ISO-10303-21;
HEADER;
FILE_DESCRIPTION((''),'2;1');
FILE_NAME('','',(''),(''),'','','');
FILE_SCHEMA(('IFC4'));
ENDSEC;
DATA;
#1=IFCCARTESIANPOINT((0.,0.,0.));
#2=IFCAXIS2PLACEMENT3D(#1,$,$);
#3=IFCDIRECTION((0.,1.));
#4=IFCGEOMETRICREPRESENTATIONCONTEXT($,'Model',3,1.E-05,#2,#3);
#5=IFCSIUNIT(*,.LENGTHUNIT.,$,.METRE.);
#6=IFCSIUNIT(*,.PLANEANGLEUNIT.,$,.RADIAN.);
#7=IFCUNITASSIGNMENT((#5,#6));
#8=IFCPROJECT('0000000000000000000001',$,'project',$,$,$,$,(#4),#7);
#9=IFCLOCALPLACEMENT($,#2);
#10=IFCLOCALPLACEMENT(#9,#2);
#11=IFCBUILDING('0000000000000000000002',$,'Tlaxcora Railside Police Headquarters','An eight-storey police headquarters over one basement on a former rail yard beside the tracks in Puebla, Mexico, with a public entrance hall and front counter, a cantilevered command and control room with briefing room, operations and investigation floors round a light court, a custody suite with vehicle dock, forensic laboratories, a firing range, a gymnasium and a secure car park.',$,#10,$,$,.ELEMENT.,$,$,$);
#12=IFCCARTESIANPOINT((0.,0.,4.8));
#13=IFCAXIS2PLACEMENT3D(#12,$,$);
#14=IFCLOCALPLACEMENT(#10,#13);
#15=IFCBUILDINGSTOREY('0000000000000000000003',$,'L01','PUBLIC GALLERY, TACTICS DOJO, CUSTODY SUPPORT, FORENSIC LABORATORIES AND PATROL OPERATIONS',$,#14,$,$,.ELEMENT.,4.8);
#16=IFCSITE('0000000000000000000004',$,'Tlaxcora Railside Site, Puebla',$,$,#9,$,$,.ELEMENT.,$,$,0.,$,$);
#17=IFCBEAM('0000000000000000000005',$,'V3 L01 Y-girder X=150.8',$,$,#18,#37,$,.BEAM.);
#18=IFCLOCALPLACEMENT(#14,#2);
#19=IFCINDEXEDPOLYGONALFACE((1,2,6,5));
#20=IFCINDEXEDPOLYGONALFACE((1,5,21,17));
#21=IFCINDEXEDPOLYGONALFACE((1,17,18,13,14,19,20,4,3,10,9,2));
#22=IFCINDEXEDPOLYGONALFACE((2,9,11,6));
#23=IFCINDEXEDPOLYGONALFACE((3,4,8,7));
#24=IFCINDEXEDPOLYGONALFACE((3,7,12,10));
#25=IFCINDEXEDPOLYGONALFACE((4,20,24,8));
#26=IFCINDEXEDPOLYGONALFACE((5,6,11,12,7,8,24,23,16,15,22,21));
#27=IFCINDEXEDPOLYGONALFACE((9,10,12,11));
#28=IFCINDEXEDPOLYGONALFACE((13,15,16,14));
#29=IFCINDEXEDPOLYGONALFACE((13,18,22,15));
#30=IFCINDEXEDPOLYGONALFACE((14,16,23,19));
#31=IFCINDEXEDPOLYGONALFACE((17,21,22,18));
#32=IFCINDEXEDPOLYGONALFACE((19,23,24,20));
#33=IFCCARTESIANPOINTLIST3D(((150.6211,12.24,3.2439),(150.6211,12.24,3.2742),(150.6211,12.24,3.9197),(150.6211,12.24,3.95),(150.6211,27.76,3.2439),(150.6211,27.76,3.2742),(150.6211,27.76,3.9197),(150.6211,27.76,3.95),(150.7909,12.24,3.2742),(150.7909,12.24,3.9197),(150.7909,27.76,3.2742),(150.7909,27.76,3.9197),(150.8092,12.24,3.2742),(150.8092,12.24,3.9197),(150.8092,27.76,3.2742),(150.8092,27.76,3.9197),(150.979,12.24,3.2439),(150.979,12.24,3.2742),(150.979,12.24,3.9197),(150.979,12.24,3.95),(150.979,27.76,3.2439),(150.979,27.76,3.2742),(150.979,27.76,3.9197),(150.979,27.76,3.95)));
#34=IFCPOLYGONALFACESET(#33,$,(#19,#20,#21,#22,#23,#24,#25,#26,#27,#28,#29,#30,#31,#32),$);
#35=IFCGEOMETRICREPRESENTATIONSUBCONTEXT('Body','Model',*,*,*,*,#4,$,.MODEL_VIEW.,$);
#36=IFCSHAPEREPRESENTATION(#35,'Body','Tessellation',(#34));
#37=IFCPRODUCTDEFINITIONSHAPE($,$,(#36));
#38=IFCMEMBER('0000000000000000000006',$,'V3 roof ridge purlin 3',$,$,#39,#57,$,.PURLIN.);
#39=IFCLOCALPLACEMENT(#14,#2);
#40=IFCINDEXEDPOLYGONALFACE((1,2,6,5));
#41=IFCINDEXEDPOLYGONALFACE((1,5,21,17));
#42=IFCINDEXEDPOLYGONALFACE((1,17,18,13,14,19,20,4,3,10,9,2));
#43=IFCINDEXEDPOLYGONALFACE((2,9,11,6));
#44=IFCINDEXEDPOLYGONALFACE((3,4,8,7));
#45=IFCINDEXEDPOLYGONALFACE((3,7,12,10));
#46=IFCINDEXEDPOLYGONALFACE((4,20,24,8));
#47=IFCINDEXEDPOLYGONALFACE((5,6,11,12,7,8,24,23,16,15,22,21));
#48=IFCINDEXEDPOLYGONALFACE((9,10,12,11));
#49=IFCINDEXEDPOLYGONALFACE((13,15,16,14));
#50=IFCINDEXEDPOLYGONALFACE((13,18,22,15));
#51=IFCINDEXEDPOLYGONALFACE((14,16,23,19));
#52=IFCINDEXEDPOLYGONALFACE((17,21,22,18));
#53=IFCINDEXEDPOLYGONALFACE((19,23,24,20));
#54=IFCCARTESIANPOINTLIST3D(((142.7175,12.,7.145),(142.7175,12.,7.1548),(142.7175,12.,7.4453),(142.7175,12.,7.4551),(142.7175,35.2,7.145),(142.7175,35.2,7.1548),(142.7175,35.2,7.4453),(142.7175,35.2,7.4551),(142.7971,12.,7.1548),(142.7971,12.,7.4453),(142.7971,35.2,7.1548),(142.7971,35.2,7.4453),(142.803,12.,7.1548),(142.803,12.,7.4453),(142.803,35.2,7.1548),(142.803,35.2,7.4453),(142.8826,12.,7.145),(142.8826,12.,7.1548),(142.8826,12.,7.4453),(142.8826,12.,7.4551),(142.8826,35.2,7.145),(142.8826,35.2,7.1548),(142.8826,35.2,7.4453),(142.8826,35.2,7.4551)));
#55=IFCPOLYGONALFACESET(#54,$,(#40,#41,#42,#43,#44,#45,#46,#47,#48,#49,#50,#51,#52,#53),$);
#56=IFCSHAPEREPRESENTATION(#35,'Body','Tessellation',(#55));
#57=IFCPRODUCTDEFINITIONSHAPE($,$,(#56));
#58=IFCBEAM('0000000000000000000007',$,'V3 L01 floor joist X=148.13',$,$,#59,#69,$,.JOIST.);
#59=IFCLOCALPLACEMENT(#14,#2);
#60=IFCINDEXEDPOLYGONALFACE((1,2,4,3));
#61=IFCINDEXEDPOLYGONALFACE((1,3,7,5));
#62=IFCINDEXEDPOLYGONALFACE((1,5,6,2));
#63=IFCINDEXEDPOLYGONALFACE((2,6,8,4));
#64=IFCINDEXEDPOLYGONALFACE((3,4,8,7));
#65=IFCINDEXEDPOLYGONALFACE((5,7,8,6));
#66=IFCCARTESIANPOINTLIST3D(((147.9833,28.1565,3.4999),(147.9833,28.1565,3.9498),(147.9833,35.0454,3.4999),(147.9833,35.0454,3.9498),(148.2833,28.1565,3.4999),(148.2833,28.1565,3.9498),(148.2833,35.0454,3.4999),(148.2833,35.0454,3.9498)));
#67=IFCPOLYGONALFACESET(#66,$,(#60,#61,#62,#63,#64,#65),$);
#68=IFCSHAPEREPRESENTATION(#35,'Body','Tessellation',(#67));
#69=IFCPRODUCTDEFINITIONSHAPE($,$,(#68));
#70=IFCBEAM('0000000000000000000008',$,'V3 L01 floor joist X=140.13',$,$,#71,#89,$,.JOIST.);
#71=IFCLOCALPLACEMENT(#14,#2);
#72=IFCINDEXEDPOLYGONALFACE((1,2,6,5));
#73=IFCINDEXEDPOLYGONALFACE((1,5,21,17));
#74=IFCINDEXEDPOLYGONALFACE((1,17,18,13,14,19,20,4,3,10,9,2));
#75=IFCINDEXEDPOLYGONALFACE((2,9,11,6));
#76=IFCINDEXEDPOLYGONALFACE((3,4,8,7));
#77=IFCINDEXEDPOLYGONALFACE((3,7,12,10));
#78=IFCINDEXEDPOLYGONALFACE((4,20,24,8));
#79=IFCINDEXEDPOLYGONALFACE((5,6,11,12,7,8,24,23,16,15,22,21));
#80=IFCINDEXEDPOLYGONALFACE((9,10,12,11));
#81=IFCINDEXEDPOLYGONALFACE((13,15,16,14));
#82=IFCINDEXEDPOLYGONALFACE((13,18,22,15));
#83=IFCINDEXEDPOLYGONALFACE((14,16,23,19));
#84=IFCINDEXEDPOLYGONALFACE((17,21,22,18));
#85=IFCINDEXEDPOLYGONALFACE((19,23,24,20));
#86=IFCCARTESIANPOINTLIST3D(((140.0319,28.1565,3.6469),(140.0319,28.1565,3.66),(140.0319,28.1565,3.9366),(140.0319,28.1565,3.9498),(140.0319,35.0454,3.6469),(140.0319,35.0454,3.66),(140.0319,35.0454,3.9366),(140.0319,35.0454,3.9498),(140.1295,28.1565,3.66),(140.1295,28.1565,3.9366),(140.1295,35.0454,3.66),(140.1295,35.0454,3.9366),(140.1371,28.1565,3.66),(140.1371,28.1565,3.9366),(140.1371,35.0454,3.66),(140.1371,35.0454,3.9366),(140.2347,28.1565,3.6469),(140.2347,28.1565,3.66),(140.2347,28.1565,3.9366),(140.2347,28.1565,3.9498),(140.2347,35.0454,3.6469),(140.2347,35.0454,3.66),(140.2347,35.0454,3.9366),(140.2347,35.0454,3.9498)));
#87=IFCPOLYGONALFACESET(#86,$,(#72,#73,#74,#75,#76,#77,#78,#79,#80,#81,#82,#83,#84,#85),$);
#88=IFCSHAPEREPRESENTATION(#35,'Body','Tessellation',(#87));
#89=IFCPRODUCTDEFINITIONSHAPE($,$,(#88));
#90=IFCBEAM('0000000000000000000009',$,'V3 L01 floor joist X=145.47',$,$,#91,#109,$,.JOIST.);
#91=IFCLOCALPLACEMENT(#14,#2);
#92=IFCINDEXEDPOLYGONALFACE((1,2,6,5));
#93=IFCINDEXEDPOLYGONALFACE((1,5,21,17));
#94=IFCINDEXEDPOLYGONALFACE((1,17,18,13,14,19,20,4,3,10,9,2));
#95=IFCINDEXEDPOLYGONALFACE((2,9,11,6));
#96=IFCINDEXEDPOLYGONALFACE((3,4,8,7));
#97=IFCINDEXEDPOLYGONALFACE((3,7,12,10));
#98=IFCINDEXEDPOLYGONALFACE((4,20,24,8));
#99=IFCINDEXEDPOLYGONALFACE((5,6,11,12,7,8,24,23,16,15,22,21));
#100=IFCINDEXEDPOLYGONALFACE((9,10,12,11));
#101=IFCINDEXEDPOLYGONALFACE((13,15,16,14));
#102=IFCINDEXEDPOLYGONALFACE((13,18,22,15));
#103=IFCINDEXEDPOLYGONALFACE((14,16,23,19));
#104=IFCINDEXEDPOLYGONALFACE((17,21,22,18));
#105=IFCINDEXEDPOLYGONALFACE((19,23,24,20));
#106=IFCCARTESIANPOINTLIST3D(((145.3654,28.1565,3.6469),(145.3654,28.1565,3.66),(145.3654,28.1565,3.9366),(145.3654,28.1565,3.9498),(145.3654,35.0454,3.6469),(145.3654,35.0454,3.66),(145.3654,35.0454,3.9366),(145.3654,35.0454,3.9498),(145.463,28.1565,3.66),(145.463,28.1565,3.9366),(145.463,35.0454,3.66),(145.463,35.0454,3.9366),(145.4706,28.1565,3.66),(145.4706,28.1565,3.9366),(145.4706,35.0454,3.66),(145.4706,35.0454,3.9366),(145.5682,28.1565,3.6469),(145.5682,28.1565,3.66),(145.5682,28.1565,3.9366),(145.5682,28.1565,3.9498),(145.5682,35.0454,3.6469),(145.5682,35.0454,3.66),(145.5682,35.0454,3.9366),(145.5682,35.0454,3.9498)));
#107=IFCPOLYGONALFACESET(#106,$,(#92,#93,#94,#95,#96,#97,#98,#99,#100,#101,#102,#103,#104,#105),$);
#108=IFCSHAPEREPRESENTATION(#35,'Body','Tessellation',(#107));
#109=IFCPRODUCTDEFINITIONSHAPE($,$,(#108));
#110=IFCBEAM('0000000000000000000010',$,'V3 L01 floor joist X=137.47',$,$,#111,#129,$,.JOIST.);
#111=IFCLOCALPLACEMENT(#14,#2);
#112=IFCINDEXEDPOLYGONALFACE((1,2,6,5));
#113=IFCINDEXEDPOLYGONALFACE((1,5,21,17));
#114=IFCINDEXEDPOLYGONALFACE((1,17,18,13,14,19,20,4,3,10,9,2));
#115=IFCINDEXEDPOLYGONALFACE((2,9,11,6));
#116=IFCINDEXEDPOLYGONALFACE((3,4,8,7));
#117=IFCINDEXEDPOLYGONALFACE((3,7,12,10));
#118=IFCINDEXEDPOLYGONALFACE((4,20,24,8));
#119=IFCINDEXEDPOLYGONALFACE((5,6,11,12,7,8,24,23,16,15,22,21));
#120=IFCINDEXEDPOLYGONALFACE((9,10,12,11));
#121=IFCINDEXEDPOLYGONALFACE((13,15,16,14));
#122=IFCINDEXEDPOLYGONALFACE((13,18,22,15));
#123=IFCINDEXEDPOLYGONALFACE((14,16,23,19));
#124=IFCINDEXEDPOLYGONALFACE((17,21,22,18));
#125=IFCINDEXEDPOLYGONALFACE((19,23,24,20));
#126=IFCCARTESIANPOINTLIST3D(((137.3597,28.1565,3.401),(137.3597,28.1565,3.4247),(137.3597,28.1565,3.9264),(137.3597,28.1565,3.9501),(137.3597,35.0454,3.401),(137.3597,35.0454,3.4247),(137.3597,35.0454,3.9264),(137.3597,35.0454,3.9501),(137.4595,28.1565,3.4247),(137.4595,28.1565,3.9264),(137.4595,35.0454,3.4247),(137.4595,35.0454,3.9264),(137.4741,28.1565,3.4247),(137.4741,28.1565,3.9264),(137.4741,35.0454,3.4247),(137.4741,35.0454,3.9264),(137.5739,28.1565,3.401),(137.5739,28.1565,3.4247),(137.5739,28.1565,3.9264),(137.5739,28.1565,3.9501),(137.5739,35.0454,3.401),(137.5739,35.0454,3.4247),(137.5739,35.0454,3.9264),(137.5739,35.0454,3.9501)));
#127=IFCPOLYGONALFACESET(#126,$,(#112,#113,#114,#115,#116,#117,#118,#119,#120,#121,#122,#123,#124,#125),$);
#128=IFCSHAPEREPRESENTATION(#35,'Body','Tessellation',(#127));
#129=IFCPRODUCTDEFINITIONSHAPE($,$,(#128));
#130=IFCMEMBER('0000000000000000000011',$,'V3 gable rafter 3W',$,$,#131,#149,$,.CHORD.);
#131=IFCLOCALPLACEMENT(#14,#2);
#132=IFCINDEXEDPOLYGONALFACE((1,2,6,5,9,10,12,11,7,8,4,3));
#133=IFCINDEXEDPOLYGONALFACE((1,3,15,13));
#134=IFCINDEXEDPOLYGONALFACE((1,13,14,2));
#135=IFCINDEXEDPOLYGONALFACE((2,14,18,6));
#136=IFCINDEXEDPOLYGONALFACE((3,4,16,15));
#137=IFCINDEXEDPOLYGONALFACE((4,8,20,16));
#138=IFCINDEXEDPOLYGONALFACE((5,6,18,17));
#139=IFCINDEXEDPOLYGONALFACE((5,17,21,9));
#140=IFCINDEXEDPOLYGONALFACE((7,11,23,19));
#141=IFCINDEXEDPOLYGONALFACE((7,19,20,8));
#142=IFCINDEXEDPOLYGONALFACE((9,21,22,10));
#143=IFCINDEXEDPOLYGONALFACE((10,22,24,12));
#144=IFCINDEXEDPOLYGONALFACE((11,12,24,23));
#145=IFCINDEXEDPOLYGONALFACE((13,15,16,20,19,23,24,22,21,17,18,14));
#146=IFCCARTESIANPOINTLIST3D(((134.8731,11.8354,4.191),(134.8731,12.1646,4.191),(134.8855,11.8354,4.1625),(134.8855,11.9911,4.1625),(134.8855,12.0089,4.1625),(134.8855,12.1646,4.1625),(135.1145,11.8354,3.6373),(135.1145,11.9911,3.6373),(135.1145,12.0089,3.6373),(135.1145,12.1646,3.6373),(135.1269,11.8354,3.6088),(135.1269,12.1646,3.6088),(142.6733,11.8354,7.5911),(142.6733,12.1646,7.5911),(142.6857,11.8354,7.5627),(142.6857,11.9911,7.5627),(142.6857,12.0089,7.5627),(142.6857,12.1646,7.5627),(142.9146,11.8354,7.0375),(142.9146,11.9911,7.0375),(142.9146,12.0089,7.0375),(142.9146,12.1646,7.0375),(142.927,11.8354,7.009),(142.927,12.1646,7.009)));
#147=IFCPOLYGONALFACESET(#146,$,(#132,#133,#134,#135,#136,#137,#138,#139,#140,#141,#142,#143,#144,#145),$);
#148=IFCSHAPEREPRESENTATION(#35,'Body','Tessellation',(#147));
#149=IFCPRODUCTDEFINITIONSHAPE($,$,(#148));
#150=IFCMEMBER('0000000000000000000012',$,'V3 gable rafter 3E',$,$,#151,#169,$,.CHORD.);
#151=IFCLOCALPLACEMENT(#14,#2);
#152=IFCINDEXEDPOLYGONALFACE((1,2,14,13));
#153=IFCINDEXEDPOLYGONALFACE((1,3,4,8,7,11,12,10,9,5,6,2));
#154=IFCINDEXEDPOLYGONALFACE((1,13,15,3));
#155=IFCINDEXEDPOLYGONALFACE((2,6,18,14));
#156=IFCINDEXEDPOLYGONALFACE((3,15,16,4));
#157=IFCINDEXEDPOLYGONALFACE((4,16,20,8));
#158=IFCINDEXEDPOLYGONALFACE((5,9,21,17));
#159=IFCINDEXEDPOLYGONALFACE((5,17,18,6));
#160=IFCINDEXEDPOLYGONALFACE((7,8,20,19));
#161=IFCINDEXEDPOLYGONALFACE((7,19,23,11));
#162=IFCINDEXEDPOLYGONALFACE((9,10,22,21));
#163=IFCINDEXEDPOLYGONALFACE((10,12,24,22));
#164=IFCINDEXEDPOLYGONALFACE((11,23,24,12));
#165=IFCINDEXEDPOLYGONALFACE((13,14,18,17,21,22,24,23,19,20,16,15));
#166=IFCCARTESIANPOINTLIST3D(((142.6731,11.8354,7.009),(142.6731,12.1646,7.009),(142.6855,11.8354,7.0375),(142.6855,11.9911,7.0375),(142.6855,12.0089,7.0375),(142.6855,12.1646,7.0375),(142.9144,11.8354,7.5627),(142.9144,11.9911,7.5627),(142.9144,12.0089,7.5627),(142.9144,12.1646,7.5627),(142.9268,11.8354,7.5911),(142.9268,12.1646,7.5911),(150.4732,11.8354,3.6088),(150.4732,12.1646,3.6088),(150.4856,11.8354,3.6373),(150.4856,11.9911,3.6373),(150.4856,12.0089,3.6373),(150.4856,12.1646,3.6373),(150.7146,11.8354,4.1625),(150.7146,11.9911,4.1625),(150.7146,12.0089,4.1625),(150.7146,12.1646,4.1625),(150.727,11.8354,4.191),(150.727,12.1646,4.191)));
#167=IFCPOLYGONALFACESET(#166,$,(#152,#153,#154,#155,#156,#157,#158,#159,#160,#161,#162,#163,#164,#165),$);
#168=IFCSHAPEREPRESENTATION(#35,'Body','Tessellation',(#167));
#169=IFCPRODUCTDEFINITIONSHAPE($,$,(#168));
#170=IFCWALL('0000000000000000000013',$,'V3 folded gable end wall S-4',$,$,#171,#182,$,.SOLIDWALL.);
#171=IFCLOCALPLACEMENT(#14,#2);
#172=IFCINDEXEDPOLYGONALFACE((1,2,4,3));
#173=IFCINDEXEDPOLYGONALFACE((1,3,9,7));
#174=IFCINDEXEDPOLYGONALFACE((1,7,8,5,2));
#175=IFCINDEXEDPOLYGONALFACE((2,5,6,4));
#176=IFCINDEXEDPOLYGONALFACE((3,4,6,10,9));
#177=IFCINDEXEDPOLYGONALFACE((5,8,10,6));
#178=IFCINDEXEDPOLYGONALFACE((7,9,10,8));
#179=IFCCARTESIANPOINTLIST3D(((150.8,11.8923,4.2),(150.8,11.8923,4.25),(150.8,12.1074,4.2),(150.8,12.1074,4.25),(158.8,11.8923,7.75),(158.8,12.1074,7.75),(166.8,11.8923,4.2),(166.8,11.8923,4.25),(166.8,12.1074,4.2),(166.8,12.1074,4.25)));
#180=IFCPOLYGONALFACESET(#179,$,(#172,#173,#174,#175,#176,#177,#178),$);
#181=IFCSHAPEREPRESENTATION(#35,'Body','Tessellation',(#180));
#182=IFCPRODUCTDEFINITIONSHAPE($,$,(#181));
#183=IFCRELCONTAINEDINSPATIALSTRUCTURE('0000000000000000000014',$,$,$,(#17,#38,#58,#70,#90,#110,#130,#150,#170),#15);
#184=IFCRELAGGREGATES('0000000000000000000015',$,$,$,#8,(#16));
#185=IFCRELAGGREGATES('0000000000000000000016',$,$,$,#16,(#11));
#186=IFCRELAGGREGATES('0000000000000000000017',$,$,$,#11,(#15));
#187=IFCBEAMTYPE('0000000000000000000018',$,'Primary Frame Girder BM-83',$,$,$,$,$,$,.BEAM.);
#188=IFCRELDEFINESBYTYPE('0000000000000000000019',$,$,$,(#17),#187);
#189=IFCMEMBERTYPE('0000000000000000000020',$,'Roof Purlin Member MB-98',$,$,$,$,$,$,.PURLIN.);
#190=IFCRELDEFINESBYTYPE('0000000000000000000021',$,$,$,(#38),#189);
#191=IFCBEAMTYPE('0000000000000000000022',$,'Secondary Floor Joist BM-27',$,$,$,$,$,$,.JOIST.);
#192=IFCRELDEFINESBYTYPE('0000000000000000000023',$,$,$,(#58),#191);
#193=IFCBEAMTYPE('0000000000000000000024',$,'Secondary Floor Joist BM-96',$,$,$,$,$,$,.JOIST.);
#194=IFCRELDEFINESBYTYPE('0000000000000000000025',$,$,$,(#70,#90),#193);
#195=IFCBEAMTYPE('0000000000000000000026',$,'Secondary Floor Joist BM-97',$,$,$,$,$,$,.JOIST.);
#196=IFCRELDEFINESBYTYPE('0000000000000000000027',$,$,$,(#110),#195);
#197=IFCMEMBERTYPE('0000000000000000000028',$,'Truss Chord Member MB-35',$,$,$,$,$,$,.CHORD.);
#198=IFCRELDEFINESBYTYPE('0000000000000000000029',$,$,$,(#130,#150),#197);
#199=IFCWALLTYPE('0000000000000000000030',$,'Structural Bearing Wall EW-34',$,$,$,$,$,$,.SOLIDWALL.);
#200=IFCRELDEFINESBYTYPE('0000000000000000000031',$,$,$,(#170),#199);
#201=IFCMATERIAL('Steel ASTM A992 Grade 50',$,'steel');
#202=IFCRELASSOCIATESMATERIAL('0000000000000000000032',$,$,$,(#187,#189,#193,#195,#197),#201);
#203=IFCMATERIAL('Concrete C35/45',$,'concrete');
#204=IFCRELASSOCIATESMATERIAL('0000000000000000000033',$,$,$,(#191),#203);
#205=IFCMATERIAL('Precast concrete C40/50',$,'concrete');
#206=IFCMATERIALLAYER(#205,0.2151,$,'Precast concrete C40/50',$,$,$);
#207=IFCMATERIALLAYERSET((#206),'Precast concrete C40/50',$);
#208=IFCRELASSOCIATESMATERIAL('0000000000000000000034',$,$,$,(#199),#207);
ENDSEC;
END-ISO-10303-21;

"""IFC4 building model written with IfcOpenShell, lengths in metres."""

from ifc_helpers import new_model, si_unit, direction, frame, origin, origin_2d, place, context, subcontext, project, spatial, polyline, rectangle, i_section, outline, extrude, material, layer, layer_set, material_profile, profile_set, type_object, element, save


model = new_model("IFC4")

# Units and contexts
model_context = context("Model", 3, precision=1e-05, world=origin(), true_north=direction((0.0, 1.0)))
body_context = subcontext(model_context, "Body", "Model", "MODEL_VIEW")
ifc_project = project(units=[si_unit("LENGTHUNIT", "METRE"), si_unit("PLANEANGLEUNIT", "RADIAN")], contexts=[model_context])

# Site, building, storey
site_placement = place(None, origin())
site = spatial("IfcSite", under=ifc_project, at=site_placement, Name="Tlaxcora Railside Site, Puebla", CompositionType="ELEMENT", RefElevation=0.0)
building_placement = place(site_placement, origin())
building = spatial("IfcBuilding", under=site, at=building_placement, Name="Tlaxcora Railside Police Headquarters", Description="An eight-storey police headquarters over one basement on a former rail yard beside the tracks in Puebla, Mexico, with a public entrance hall and front counter, a cantilevered command and control room with briefing room, operations and investigation floors round a light court, a custody suite with vehicle dock, forensic laboratories, a firing range, a gymnasium and a secure car park.", CompositionType="ELEMENT")
storey_placement = place(building_placement, frame((0.0, 0.0, 4.8)))
storey = spatial("IfcBuildingStorey", under=building, at=storey_placement, Name="L01", Description="PUBLIC GALLERY, TACTICS DOJO, CUSTODY SUPPORT, FORENSIC LABORATORIES AND PATROL OPERATIONS", CompositionType="ELEMENT", Elevation=4.8)

# Beam
ifc_material_1 = material(Name="Steel ASTM A992 Grade 50", Category="steel")
ifc_material_profile_1 = material_profile(ifc_material_1, i_section(OverallWidth=0.3579, OverallDepth=0.7061, WebThickness=0.0183, FlangeThickness=0.0303, at=origin_2d()), Name="W27X178")
ifc_profile_set_1 = profile_set([ifc_material_profile_1], Name="Steel ASTM A992 Grade 50")
beam_type_1 = type_object("IfcBeamType", Name="Primary Frame Girder BM-83", PredefinedType="BEAM", material=ifc_profile_set_1)
for number, where, z_axis, x_axis, name in (
    (1, (150.8, 12.24, 3.5969), (0.0, 1.0, 0.0), (-1.0, 0.0, 0.0), "V3 L01 Y-girder X=150.8"),
):
    element("IfcBeam", number, at=place(storey_placement, frame(where, z_axis=z_axis, x_axis=x_axis)), inside=storey, type_object=beam_type_1, Name=name, PredefinedType="BEAM", context=body_context, shape_type="SweptSolid", body=[
        extrude(i_section(OverallWidth=0.3579, OverallDepth=0.7061, WebThickness=0.0183, FlangeThickness=0.0303, at=origin_2d()), origin(), (0.0, 0.0, 1.0), 15.52),
    ])

# Member
ifc_material_profile_2 = material_profile(ifc_material_1, i_section(OverallWidth=0.165, OverallDepth=0.3101, WebThickness=0.0059, FlangeThickness=0.0098, at=origin_2d()), Name="W12X26")
ifc_profile_set_2 = profile_set([ifc_material_profile_2], Name="Steel ASTM A992 Grade 50")
member_type_1 = type_object("IfcMemberType", Name="Roof Purlin Member MB-98", PredefinedType="PURLIN", material=ifc_profile_set_2)
member_placement = place(storey_placement, frame((142.8, 12.0, 7.3), z_axis=(0.0, 1.0, 0.0), x_axis=(-1.0, 0.0, 0.0)))
element("IfcMember", 2, at=member_placement, inside=storey, type_object=member_type_1, Name="V3 roof ridge purlin 3", PredefinedType="PURLIN", context=body_context, shape_type="SweptSolid", body=[
    extrude(i_section(OverallWidth=0.165, OverallDepth=0.3101, WebThickness=0.0059, FlangeThickness=0.0098, at=origin_2d()), origin(), (0.0, 0.0, 1.0), 23.2),
])

# Beams
ifc_material_2 = material(Name="Concrete C35/45", Category="concrete")
ifc_material_profile_3 = material_profile(ifc_material_2, rectangle(XDim=0.3, YDim=0.45, at=origin_2d()), Name="RC300X450")
ifc_profile_set_3 = profile_set([ifc_material_profile_3], Name="Concrete C35/45")
beam_type_2 = type_object("IfcBeamType", Name="Secondary Floor Joist BM-27", PredefinedType="JOIST", material=ifc_profile_set_3)
beam_1_placement = place(storey_placement, frame((148.1333, 28.1565, 3.7249), z_axis=(0.0, 1.0, 0.0), x_axis=(-1.0, 0.0, 0.0)))
element("IfcBeam", 3, at=beam_1_placement, inside=storey, type_object=beam_type_2, Name="V3 L01 floor joist X=148.13", PredefinedType="JOIST", context=body_context, shape_type="SweptSolid", body=[
    extrude(rectangle(XDim=0.3, YDim=0.45, at=origin_2d()), origin(), (0.0, 0.0, 1.0), 6.8889),
])
ifc_material_profile_4 = material_profile(ifc_material_1, i_section(OverallWidth=0.2029, OverallDepth=0.303, WebThickness=0.0076, FlangeThickness=0.0132, at=origin_2d()), Name="W12X40")
ifc_profile_set_4 = profile_set([ifc_material_profile_4], Name="Steel ASTM A992 Grade 50")
beam_type_3 = type_object("IfcBeamType", Name="Secondary Floor Joist BM-96", PredefinedType="JOIST", material=ifc_profile_set_4)
for number, where, z_axis, x_axis, name in (
    (4, (140.1333, 28.1565, 3.7983), (0.0, 1.0, 0.0), (-1.0, 0.0, 0.0), "V3 L01 floor joist X=140.13"),
    (5, (145.4668, 28.1565, 3.7983), (0.0, 1.0, 0.0), (-1.0, 0.0, 0.0), "V3 L01 floor joist X=145.47"),
):
    element("IfcBeam", number, at=place(storey_placement, frame(where, z_axis=z_axis, x_axis=x_axis)), inside=storey, type_object=beam_type_3, Name=name, PredefinedType="JOIST", context=body_context, shape_type="SweptSolid", body=[
        extrude(i_section(OverallWidth=0.2029, OverallDepth=0.303, WebThickness=0.0076, FlangeThickness=0.0132, at=origin_2d()), origin(), (0.0, 0.0, 1.0), 6.8889),
    ])
ifc_material_profile_5 = material_profile(ifc_material_1, i_section(OverallWidth=0.2141, OverallDepth=0.5491, WebThickness=0.0146, FlangeThickness=0.0237, at=origin_2d()), Name="W21X93")
ifc_profile_set_5 = profile_set([ifc_material_profile_5], Name="Steel ASTM A992 Grade 50")
beam_type_4 = type_object("IfcBeamType", Name="Secondary Floor Joist BM-97", PredefinedType="JOIST", material=ifc_profile_set_5)
beam_2_placement = place(storey_placement, frame((137.4668, 28.1565, 3.6755), z_axis=(0.0, 1.0, 0.0), x_axis=(-1.0, 0.0, 0.0)))
element("IfcBeam", 6, at=beam_2_placement, inside=storey, type_object=beam_type_4, Name="V3 L01 floor joist X=137.47", PredefinedType="JOIST", context=body_context, shape_type="SweptSolid", body=[
    extrude(i_section(OverallWidth=0.2141, OverallDepth=0.5491, WebThickness=0.0146, FlangeThickness=0.0237, at=origin_2d()), origin(), (0.0, 0.0, 1.0), 6.8889),
])

# Members
ifc_material_profile_6 = material_profile(ifc_material_1, i_section(OverallWidth=0.3291, OverallDepth=0.635, WebThickness=0.0178, FlangeThickness=0.031, at=origin_2d()), Name="W24X162")
ifc_profile_set_6 = profile_set([ifc_material_profile_6], Name="Steel ASTM A992 Grade 50")
member_type_2 = type_object("IfcMemberType", Name="Truss Chord Member MB-35", PredefinedType="CHORD", material=ifc_profile_set_6)
for number, where, z_axis, x_axis, name in (
    (7, (135.0, 12.0, 3.8999), (0.916691, 0.0, 0.399598), (0.0, 1.0, 0.0), "V3 gable rafter 3W"),
    (8, (150.6001, 12.0, 3.8999), (-0.916691, 0.0, 0.399598), (0.0, -1.0, 0.0), "V3 gable rafter 3E"),
):
    element("IfcMember", number, at=place(storey_placement, frame(where, z_axis=z_axis, x_axis=x_axis)), inside=storey, type_object=member_type_2, Name=name, PredefinedType="CHORD", context=body_context, shape_type="SweptSolid", body=[
        extrude(i_section(OverallWidth=0.3291, OverallDepth=0.635, WebThickness=0.0178, FlangeThickness=0.031, at=origin_2d()), origin(), (0.0, 0.0, 1.0), 8.509),
    ])

# Wall
ifc_material_3 = material(Name="Precast concrete C40/50", Category="concrete")
ifc_layer_1 = layer(ifc_material_3, 0.2151, Name="Precast concrete C40/50")
ifc_layer_set_1 = layer_set([ifc_layer_1], Name="Precast concrete C40/50")
wall_type_1 = type_object("IfcWallType", Name="Structural Bearing Wall EW-34", PredefinedType="SOLIDWALL", material=ifc_layer_set_1)
wall_1_placement = place(storey_placement, frame((150.8, 12.0, 4.2), z_axis=(0.0, 0.0, 1.0), x_axis=(1.0, 0.0, 0.0)))
element("IfcWall", 9, at=wall_1_placement, inside=storey, type_object=wall_type_1, Name="V3 folded gable end wall S-4", PredefinedType="SOLIDWALL", context=body_context, shape_type="SweptSolid", body=[
    extrude(outline(polyline([(0.0, 0.0), (16.0, 0.0), (16.0, 0.05), (8.0, 3.55), (0.0, 0.05), (0.0, 0.0)])), frame((0.0, 0.1074, 0.0), z_axis=(0.0, -1.0, 0.0), x_axis=(1.0, 0.0, 0.0)), (0.0, 0.0, 1.0), 0.2151),
])

save(model, "model.ifc")
